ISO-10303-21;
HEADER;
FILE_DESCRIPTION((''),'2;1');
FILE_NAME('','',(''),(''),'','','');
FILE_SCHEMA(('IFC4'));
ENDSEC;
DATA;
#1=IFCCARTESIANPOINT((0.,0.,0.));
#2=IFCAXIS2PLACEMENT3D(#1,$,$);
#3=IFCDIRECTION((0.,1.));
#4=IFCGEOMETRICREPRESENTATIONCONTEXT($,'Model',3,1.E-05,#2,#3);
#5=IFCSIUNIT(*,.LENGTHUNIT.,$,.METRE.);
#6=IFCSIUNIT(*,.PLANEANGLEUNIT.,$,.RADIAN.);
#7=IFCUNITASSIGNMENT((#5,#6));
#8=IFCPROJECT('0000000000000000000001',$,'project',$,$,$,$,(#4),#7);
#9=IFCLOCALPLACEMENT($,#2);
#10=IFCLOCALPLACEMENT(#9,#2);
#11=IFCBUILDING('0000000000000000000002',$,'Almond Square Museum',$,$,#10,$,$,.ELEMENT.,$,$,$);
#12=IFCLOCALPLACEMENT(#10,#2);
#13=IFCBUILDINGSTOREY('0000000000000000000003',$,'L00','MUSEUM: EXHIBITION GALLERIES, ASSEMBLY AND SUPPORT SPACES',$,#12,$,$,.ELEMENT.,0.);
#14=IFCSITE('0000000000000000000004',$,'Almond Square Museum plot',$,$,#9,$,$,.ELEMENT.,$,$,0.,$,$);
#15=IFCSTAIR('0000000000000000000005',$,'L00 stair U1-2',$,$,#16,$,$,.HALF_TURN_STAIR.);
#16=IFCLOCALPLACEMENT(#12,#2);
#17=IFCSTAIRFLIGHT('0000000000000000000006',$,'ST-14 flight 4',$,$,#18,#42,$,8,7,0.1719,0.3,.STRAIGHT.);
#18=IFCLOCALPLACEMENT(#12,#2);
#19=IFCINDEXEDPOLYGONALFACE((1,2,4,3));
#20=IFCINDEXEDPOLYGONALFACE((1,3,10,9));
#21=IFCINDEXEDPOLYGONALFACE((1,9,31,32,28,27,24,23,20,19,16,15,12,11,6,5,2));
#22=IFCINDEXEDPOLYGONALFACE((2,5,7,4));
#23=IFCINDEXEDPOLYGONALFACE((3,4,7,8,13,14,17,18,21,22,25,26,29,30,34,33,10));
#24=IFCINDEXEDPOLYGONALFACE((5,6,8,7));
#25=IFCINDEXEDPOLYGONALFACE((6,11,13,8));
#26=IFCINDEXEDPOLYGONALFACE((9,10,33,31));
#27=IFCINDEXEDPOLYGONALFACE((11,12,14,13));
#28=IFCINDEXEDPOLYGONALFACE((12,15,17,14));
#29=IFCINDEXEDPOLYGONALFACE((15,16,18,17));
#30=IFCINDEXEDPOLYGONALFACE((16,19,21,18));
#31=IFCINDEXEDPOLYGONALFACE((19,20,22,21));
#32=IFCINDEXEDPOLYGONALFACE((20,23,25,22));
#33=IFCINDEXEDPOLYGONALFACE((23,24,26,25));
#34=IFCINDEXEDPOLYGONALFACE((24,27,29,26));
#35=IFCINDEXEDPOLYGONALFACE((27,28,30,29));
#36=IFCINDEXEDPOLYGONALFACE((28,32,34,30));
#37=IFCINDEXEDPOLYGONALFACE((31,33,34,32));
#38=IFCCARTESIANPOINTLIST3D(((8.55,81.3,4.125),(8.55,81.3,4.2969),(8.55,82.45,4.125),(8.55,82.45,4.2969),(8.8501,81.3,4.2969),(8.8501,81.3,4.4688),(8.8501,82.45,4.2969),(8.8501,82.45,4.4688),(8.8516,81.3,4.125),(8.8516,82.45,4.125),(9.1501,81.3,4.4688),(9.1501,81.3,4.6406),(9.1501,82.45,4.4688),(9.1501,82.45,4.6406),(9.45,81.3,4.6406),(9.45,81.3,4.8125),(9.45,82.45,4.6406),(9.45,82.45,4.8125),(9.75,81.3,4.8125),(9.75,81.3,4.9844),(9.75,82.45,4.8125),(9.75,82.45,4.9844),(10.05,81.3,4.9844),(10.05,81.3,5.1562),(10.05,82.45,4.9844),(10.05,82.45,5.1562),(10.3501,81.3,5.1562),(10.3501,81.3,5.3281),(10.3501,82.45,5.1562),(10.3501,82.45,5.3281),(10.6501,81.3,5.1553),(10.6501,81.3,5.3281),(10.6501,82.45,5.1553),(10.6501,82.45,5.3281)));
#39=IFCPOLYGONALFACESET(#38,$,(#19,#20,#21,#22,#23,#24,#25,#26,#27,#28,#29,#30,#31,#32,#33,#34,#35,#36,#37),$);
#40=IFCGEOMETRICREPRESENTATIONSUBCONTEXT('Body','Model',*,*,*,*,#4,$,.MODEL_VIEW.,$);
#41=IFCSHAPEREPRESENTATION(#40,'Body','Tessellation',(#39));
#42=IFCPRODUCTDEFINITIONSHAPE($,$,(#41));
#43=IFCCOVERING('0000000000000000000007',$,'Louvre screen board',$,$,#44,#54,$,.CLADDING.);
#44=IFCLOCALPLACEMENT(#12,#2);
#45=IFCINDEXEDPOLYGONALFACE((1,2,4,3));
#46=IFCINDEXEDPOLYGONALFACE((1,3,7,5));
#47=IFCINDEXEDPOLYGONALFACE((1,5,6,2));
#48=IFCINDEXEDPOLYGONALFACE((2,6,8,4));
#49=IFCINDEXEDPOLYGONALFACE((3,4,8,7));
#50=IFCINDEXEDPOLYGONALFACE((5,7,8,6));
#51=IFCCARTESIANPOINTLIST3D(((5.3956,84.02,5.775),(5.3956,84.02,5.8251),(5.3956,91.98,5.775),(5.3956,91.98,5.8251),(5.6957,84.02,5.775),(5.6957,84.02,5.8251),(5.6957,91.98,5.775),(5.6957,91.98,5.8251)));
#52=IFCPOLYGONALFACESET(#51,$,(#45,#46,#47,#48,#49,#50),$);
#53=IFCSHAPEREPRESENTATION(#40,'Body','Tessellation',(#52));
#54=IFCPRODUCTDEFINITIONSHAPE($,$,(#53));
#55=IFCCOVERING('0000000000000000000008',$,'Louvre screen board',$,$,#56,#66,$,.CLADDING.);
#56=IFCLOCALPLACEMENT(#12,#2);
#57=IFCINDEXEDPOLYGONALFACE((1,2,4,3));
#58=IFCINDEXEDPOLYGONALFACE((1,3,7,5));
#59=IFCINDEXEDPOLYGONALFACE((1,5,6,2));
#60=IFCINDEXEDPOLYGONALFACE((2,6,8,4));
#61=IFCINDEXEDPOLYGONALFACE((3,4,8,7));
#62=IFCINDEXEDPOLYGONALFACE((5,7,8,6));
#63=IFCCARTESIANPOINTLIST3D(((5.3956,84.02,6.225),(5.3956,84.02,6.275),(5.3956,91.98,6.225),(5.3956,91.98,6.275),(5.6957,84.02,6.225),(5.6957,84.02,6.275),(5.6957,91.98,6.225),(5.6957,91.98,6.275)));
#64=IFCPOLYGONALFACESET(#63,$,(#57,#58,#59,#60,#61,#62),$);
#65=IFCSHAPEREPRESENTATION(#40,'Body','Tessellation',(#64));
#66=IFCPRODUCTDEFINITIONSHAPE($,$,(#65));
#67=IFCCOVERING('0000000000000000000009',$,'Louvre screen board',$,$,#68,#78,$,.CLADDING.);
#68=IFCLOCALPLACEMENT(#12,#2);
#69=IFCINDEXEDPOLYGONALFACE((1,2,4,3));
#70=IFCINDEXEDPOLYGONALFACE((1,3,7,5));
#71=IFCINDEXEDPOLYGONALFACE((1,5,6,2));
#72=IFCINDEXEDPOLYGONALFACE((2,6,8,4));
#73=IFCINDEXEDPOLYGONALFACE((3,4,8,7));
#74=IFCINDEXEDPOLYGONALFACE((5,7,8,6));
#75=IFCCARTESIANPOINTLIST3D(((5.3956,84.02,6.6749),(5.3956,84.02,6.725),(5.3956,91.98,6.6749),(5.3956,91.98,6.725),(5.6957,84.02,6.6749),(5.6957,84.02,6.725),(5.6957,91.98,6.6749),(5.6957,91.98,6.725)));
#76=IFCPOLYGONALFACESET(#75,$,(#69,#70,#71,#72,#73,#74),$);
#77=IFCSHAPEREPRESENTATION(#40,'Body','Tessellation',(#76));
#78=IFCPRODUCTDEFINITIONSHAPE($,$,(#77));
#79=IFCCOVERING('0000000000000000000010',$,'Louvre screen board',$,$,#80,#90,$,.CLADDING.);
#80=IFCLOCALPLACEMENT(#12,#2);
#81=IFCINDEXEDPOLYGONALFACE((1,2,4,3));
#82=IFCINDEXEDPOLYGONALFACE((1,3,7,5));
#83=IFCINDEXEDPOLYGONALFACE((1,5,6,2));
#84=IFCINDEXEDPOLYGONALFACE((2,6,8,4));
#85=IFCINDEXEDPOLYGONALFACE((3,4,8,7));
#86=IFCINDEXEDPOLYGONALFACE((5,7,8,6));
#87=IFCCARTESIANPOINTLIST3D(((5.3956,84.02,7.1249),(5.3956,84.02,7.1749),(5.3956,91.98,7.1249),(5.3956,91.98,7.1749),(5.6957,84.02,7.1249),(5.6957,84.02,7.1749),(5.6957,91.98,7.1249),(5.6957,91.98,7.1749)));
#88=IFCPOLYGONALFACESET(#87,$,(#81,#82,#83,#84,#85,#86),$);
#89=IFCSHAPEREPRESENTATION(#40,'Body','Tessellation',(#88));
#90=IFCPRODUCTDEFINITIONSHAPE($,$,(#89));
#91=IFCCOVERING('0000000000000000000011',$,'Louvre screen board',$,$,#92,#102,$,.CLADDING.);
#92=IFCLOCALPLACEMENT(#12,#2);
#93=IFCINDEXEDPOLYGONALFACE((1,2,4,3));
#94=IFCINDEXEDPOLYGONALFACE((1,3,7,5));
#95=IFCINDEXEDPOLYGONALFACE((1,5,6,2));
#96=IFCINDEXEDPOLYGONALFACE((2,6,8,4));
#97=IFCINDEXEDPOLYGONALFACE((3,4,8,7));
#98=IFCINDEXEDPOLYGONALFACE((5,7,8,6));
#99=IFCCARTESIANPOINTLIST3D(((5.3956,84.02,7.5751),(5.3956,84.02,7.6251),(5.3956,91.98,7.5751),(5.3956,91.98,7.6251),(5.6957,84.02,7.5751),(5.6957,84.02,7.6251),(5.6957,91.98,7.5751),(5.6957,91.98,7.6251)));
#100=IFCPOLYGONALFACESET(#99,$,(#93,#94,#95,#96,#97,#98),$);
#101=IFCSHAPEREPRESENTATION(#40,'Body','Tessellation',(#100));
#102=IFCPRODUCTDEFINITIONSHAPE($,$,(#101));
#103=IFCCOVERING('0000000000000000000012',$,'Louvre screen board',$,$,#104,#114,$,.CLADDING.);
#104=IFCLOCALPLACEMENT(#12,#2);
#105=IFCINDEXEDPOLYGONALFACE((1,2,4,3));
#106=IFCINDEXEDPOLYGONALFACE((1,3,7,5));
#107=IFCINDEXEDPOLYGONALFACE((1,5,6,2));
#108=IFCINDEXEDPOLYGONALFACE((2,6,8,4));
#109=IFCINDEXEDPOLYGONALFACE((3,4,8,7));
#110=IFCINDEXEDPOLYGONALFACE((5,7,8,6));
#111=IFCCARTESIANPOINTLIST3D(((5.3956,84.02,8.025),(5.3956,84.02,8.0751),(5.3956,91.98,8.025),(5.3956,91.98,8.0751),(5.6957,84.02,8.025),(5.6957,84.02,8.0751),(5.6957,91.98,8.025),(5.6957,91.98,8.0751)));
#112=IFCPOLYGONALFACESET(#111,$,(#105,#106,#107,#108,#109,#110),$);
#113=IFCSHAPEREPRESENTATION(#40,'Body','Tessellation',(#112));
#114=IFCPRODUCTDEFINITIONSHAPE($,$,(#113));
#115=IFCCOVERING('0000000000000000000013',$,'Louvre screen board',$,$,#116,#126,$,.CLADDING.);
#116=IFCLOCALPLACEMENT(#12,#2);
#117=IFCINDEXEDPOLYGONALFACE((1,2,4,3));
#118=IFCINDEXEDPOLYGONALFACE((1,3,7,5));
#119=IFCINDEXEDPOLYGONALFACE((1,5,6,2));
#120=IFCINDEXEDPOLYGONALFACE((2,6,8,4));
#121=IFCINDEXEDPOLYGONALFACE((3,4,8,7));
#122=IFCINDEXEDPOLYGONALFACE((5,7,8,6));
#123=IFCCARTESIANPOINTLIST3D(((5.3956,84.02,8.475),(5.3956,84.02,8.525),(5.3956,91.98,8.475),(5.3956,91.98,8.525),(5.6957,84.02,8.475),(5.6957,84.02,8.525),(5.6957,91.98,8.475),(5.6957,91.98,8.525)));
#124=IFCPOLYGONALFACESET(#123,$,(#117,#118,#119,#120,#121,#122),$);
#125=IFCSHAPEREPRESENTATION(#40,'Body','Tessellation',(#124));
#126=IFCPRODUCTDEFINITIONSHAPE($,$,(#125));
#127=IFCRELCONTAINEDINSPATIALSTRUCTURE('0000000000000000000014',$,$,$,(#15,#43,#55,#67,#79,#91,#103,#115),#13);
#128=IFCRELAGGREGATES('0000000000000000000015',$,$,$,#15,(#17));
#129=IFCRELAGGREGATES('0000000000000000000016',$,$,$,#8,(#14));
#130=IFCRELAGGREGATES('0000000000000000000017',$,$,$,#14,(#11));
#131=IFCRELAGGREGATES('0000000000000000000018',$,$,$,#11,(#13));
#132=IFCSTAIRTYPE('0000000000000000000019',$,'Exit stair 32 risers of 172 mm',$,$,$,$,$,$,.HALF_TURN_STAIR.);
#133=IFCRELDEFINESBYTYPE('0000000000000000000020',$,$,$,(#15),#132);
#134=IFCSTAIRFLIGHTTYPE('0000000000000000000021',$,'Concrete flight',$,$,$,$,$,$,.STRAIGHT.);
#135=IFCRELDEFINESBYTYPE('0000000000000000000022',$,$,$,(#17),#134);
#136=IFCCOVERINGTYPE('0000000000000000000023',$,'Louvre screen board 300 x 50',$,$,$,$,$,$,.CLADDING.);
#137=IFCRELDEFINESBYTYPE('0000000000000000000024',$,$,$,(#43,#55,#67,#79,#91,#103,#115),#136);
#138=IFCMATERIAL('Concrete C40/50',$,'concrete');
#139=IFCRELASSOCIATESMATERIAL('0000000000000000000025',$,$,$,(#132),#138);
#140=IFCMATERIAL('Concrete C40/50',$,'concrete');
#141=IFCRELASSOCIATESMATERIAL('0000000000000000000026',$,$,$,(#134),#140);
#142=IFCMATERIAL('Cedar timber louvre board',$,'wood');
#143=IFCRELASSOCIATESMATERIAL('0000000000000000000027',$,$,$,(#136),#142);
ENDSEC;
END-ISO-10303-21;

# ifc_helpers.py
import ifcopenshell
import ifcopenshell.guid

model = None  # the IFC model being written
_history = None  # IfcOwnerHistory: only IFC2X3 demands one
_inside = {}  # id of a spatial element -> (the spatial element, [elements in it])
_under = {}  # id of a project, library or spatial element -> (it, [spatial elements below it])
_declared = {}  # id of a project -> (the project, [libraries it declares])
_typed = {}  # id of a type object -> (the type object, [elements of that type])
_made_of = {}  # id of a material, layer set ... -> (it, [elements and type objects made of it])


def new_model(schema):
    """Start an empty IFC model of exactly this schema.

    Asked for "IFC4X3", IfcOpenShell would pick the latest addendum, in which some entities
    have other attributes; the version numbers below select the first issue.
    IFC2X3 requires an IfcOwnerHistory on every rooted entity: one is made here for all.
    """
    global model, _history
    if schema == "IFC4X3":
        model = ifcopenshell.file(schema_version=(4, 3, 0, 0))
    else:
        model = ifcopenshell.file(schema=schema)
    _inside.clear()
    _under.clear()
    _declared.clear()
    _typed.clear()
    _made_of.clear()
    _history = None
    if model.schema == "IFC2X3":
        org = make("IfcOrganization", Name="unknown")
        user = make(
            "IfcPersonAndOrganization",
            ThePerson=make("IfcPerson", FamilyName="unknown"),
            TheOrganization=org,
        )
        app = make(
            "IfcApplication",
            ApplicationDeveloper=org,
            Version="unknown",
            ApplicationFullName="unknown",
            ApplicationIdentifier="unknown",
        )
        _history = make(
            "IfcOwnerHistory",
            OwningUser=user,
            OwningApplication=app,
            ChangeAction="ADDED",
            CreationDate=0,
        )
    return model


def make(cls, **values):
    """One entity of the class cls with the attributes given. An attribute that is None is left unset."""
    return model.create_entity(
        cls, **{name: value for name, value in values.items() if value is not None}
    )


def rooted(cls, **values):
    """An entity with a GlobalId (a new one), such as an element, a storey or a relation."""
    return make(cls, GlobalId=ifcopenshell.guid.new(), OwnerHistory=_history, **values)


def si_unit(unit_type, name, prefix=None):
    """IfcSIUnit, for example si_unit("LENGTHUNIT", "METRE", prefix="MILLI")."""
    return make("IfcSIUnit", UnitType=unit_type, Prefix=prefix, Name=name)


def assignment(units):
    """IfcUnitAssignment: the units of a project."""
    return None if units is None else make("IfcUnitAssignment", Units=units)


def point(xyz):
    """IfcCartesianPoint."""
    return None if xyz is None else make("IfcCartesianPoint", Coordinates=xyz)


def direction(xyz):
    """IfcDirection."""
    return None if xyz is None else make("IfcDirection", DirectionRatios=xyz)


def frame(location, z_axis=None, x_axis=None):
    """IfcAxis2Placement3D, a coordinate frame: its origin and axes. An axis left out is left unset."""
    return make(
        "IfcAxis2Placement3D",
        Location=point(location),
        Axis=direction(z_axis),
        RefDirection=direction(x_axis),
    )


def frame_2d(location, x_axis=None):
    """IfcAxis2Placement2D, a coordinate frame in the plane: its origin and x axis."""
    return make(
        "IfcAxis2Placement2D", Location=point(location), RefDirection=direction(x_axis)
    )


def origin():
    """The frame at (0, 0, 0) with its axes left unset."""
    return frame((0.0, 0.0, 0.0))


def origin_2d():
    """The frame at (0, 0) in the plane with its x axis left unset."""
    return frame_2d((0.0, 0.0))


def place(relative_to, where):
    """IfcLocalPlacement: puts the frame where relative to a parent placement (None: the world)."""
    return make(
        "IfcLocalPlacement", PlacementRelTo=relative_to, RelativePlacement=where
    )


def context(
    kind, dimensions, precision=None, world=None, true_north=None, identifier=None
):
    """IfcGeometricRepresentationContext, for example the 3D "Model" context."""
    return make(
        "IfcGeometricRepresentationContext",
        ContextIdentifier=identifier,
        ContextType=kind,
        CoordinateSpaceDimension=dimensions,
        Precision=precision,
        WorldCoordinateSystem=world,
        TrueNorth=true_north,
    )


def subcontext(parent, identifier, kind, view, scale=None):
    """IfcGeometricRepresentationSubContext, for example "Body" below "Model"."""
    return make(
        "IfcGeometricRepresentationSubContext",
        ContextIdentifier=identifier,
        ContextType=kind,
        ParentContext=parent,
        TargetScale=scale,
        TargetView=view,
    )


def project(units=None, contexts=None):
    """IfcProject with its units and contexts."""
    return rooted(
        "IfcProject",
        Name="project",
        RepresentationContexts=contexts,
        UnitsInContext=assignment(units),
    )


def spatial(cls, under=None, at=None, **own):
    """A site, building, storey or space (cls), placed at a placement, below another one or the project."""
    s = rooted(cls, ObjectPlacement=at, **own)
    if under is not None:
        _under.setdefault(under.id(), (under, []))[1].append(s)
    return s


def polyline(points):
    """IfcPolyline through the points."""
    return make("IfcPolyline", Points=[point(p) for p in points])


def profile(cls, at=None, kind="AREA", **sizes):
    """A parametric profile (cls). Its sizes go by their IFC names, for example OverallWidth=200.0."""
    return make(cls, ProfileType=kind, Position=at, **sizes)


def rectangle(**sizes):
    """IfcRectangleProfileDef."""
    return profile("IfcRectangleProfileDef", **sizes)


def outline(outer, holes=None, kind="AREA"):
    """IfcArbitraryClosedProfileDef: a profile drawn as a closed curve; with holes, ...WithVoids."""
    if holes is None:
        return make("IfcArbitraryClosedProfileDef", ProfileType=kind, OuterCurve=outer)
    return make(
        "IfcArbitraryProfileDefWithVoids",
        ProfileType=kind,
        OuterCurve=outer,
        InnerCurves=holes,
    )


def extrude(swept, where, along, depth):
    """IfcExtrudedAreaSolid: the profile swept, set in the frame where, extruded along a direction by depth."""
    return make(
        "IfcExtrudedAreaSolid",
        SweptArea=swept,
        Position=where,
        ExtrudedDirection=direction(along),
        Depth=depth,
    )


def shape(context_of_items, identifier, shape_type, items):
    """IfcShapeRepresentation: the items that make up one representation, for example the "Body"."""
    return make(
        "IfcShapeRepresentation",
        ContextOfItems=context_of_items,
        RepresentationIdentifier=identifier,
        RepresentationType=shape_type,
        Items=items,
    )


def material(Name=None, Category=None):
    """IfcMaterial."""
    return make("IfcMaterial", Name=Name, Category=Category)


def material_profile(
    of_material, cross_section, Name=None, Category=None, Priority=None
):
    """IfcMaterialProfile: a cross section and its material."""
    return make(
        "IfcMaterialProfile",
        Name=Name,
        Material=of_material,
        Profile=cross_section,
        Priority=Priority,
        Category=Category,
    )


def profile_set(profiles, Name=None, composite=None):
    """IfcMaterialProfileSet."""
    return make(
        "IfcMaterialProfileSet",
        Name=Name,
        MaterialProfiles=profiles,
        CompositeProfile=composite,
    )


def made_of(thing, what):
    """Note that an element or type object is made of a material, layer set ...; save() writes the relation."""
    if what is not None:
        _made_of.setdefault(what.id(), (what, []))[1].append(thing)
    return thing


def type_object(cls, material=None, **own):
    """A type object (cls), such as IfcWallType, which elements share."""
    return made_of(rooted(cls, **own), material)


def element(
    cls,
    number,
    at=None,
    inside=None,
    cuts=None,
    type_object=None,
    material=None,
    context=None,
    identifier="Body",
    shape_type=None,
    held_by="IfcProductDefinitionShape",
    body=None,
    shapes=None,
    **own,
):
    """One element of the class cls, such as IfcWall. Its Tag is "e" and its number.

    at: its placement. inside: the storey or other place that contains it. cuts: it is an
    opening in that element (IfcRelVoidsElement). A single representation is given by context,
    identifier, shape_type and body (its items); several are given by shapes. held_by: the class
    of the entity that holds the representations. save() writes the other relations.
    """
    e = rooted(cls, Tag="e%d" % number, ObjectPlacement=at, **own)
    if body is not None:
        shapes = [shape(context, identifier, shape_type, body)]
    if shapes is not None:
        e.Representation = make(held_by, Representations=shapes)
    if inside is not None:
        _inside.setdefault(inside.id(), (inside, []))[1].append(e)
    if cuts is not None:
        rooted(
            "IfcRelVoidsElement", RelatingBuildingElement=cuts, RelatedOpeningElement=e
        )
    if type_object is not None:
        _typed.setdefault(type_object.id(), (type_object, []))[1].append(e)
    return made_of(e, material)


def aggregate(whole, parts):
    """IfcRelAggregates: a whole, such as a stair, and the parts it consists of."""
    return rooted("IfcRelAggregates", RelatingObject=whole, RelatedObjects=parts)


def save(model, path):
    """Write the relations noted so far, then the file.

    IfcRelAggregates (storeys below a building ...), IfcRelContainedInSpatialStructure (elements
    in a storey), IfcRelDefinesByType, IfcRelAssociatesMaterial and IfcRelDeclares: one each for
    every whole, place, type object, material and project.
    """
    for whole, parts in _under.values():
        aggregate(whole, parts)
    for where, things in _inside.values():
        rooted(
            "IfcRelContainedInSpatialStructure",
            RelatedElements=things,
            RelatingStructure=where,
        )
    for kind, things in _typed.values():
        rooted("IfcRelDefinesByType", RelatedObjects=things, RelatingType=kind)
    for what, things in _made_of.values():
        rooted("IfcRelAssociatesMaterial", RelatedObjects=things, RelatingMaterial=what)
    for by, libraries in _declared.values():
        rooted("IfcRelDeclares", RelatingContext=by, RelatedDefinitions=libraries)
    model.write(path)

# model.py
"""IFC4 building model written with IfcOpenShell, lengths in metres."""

from ifc_helpers import new_model, si_unit, direction, frame, origin, origin_2d, place, context, subcontext, project, spatial, polyline, rectangle, outline, extrude, material, material_profile, profile_set, type_object, element, aggregate, save


model = new_model("IFC4")

# Units and contexts
model_context = context("Model", 3, precision=1e-05, world=origin(), true_north=direction((0.0, 1.0)))
body_context = subcontext(model_context, "Body", "Model", "MODEL_VIEW")
ifc_project = project(units=[si_unit("LENGTHUNIT", "METRE"), si_unit("PLANEANGLEUNIT", "RADIAN")], contexts=[model_context])

# Site, building, storey
site_placement = place(None, origin())
site = spatial("IfcSite", under=ifc_project, at=site_placement, Name="Almond Square Museum plot", CompositionType="ELEMENT", RefElevation=0.0)
building_placement = place(site_placement, origin())
building = spatial("IfcBuilding", under=site, at=building_placement, Name="Almond Square Museum", CompositionType="ELEMENT")
storey_placement = place(building_placement, origin())
storey = spatial("IfcBuildingStorey", under=building, at=storey_placement, Name="L00", Description="MUSEUM: EXHIBITION GALLERIES, ASSEMBLY AND SUPPORT SPACES", CompositionType="ELEMENT", Elevation=0.0)

# Stair, stair flight
ifc_material_1 = material(Name="Concrete C40/50", Category="concrete")
stair_type = type_object("IfcStairType", Name="Exit stair 32 risers of 172 mm", PredefinedType="HALF_TURN_STAIR", material=ifc_material_1)
ifc_material_2 = material(Name="Concrete C40/50", Category="concrete")
stair_flight_type = type_object("IfcStairFlightType", Name="Concrete flight", PredefinedType="STRAIGHT", material=ifc_material_2)
stair_1_placement = place(storey_placement, origin())
stair_1 = element("IfcStair", 1, at=stair_1_placement, inside=storey, type_object=stair_type, Name="L00 stair U1-2", PredefinedType="HALF_TURN_STAIR")
stair_flight_1_placement = place(storey_placement, frame((8.55, 81.875, 4.125), z_axis=(0.0, 0.0, 1.0), x_axis=(1.0, 0.0, 0.0)))
stair_flight_1 = element("IfcStairFlight", 2, at=stair_flight_1_placement, type_object=stair_flight_type, Name="ST-14 flight 4", NumberOfRisers=8, NumberOfTreads=7, PredefinedType="STRAIGHT", RiserHeight=0.1719, TreadLength=0.3, context=body_context, shape_type="SweptSolid", body=[
    extrude(outline(polyline([(0.0, 0.0), (0.0, 0.1719), (0.3, 0.1719), (0.3, 0.3438), (0.6001, 0.3438), (0.6001, 0.5156), (0.8999, 0.5156), (0.8999, 0.6875), (1.2, 0.6875), (1.2, 0.8594), (1.5, 0.8594), (1.5, 1.0312), (1.8, 1.0312), (1.8, 1.2031), (2.1001, 1.2031), (2.1001, 1.375), (2.1001, 1.0303), (0.3015, 0.0), (0.0, 0.0)])), frame((0.0, 0.575, 0.0), z_axis=(0.0, -1.0, 0.0), x_axis=(1.0, 0.0, 0.0)), (0.0, 0.0, 1.0), 1.1499),
])
aggregate(stair_1, [stair_flight_1])

# Coverings
ifc_material_3 = material(Name="Cedar timber louvre board", Category="wood")
ifc_material_profile_1 = material_profile(ifc_material_3, rectangle(XDim=0.3, YDim=0.05, at=origin_2d()))
ifc_profile_set_1 = profile_set([ifc_material_profile_1], Name="Cedar timber louvre board")
covering_type = type_object("IfcCoveringType", Name="Louvre screen board 300 x 50", PredefinedType="CLADDING", material=ifc_profile_set_1)
for number, where, z_axis, x_axis, name in (
    (3, (5.5457, 84.02, 5.8), (0.0, 1.0, 0.0), (-1.0, 0.0, 0.0), "Louvre screen board"),
    (4, (5.5457, 84.02, 6.25), (0.0, 1.0, 0.0), (-1.0, 0.0, 0.0), "Louvre screen board"),
    (5, (5.5457, 84.02, 6.7), (0.0, 1.0, 0.0), (-1.0, 0.0, 0.0), "Louvre screen board"),
    (6, (5.5457, 84.02, 7.1499), (0.0, 1.0, 0.0), (-1.0, 0.0, 0.0), "Louvre screen board"),
    (7, (5.5457, 84.02, 7.6001), (0.0, 1.0, 0.0), (-1.0, 0.0, 0.0), "Louvre screen board"),
    (8, (5.5457, 84.02, 8.05), (0.0, 1.0, 0.0), (-1.0, 0.0, 0.0), "Louvre screen board"),
    (9, (5.5457, 84.02, 8.5), (0.0, 1.0, 0.0), (-1.0, 0.0, 0.0), "Louvre screen board"),
):
    element("IfcCovering", number, at=place(storey_placement, frame(where, z_axis=z_axis, x_axis=x_axis)), inside=storey, type_object=covering_type, Name=name, PredefinedType="CLADDING", context=body_context, shape_type="SweptSolid", body=[
        extrude(rectangle(XDim=0.3, YDim=0.05, at=origin_2d()), origin(), (0.0, 0.0, 1.0), 7.96),
    ])

save(model, "model.ifc")
